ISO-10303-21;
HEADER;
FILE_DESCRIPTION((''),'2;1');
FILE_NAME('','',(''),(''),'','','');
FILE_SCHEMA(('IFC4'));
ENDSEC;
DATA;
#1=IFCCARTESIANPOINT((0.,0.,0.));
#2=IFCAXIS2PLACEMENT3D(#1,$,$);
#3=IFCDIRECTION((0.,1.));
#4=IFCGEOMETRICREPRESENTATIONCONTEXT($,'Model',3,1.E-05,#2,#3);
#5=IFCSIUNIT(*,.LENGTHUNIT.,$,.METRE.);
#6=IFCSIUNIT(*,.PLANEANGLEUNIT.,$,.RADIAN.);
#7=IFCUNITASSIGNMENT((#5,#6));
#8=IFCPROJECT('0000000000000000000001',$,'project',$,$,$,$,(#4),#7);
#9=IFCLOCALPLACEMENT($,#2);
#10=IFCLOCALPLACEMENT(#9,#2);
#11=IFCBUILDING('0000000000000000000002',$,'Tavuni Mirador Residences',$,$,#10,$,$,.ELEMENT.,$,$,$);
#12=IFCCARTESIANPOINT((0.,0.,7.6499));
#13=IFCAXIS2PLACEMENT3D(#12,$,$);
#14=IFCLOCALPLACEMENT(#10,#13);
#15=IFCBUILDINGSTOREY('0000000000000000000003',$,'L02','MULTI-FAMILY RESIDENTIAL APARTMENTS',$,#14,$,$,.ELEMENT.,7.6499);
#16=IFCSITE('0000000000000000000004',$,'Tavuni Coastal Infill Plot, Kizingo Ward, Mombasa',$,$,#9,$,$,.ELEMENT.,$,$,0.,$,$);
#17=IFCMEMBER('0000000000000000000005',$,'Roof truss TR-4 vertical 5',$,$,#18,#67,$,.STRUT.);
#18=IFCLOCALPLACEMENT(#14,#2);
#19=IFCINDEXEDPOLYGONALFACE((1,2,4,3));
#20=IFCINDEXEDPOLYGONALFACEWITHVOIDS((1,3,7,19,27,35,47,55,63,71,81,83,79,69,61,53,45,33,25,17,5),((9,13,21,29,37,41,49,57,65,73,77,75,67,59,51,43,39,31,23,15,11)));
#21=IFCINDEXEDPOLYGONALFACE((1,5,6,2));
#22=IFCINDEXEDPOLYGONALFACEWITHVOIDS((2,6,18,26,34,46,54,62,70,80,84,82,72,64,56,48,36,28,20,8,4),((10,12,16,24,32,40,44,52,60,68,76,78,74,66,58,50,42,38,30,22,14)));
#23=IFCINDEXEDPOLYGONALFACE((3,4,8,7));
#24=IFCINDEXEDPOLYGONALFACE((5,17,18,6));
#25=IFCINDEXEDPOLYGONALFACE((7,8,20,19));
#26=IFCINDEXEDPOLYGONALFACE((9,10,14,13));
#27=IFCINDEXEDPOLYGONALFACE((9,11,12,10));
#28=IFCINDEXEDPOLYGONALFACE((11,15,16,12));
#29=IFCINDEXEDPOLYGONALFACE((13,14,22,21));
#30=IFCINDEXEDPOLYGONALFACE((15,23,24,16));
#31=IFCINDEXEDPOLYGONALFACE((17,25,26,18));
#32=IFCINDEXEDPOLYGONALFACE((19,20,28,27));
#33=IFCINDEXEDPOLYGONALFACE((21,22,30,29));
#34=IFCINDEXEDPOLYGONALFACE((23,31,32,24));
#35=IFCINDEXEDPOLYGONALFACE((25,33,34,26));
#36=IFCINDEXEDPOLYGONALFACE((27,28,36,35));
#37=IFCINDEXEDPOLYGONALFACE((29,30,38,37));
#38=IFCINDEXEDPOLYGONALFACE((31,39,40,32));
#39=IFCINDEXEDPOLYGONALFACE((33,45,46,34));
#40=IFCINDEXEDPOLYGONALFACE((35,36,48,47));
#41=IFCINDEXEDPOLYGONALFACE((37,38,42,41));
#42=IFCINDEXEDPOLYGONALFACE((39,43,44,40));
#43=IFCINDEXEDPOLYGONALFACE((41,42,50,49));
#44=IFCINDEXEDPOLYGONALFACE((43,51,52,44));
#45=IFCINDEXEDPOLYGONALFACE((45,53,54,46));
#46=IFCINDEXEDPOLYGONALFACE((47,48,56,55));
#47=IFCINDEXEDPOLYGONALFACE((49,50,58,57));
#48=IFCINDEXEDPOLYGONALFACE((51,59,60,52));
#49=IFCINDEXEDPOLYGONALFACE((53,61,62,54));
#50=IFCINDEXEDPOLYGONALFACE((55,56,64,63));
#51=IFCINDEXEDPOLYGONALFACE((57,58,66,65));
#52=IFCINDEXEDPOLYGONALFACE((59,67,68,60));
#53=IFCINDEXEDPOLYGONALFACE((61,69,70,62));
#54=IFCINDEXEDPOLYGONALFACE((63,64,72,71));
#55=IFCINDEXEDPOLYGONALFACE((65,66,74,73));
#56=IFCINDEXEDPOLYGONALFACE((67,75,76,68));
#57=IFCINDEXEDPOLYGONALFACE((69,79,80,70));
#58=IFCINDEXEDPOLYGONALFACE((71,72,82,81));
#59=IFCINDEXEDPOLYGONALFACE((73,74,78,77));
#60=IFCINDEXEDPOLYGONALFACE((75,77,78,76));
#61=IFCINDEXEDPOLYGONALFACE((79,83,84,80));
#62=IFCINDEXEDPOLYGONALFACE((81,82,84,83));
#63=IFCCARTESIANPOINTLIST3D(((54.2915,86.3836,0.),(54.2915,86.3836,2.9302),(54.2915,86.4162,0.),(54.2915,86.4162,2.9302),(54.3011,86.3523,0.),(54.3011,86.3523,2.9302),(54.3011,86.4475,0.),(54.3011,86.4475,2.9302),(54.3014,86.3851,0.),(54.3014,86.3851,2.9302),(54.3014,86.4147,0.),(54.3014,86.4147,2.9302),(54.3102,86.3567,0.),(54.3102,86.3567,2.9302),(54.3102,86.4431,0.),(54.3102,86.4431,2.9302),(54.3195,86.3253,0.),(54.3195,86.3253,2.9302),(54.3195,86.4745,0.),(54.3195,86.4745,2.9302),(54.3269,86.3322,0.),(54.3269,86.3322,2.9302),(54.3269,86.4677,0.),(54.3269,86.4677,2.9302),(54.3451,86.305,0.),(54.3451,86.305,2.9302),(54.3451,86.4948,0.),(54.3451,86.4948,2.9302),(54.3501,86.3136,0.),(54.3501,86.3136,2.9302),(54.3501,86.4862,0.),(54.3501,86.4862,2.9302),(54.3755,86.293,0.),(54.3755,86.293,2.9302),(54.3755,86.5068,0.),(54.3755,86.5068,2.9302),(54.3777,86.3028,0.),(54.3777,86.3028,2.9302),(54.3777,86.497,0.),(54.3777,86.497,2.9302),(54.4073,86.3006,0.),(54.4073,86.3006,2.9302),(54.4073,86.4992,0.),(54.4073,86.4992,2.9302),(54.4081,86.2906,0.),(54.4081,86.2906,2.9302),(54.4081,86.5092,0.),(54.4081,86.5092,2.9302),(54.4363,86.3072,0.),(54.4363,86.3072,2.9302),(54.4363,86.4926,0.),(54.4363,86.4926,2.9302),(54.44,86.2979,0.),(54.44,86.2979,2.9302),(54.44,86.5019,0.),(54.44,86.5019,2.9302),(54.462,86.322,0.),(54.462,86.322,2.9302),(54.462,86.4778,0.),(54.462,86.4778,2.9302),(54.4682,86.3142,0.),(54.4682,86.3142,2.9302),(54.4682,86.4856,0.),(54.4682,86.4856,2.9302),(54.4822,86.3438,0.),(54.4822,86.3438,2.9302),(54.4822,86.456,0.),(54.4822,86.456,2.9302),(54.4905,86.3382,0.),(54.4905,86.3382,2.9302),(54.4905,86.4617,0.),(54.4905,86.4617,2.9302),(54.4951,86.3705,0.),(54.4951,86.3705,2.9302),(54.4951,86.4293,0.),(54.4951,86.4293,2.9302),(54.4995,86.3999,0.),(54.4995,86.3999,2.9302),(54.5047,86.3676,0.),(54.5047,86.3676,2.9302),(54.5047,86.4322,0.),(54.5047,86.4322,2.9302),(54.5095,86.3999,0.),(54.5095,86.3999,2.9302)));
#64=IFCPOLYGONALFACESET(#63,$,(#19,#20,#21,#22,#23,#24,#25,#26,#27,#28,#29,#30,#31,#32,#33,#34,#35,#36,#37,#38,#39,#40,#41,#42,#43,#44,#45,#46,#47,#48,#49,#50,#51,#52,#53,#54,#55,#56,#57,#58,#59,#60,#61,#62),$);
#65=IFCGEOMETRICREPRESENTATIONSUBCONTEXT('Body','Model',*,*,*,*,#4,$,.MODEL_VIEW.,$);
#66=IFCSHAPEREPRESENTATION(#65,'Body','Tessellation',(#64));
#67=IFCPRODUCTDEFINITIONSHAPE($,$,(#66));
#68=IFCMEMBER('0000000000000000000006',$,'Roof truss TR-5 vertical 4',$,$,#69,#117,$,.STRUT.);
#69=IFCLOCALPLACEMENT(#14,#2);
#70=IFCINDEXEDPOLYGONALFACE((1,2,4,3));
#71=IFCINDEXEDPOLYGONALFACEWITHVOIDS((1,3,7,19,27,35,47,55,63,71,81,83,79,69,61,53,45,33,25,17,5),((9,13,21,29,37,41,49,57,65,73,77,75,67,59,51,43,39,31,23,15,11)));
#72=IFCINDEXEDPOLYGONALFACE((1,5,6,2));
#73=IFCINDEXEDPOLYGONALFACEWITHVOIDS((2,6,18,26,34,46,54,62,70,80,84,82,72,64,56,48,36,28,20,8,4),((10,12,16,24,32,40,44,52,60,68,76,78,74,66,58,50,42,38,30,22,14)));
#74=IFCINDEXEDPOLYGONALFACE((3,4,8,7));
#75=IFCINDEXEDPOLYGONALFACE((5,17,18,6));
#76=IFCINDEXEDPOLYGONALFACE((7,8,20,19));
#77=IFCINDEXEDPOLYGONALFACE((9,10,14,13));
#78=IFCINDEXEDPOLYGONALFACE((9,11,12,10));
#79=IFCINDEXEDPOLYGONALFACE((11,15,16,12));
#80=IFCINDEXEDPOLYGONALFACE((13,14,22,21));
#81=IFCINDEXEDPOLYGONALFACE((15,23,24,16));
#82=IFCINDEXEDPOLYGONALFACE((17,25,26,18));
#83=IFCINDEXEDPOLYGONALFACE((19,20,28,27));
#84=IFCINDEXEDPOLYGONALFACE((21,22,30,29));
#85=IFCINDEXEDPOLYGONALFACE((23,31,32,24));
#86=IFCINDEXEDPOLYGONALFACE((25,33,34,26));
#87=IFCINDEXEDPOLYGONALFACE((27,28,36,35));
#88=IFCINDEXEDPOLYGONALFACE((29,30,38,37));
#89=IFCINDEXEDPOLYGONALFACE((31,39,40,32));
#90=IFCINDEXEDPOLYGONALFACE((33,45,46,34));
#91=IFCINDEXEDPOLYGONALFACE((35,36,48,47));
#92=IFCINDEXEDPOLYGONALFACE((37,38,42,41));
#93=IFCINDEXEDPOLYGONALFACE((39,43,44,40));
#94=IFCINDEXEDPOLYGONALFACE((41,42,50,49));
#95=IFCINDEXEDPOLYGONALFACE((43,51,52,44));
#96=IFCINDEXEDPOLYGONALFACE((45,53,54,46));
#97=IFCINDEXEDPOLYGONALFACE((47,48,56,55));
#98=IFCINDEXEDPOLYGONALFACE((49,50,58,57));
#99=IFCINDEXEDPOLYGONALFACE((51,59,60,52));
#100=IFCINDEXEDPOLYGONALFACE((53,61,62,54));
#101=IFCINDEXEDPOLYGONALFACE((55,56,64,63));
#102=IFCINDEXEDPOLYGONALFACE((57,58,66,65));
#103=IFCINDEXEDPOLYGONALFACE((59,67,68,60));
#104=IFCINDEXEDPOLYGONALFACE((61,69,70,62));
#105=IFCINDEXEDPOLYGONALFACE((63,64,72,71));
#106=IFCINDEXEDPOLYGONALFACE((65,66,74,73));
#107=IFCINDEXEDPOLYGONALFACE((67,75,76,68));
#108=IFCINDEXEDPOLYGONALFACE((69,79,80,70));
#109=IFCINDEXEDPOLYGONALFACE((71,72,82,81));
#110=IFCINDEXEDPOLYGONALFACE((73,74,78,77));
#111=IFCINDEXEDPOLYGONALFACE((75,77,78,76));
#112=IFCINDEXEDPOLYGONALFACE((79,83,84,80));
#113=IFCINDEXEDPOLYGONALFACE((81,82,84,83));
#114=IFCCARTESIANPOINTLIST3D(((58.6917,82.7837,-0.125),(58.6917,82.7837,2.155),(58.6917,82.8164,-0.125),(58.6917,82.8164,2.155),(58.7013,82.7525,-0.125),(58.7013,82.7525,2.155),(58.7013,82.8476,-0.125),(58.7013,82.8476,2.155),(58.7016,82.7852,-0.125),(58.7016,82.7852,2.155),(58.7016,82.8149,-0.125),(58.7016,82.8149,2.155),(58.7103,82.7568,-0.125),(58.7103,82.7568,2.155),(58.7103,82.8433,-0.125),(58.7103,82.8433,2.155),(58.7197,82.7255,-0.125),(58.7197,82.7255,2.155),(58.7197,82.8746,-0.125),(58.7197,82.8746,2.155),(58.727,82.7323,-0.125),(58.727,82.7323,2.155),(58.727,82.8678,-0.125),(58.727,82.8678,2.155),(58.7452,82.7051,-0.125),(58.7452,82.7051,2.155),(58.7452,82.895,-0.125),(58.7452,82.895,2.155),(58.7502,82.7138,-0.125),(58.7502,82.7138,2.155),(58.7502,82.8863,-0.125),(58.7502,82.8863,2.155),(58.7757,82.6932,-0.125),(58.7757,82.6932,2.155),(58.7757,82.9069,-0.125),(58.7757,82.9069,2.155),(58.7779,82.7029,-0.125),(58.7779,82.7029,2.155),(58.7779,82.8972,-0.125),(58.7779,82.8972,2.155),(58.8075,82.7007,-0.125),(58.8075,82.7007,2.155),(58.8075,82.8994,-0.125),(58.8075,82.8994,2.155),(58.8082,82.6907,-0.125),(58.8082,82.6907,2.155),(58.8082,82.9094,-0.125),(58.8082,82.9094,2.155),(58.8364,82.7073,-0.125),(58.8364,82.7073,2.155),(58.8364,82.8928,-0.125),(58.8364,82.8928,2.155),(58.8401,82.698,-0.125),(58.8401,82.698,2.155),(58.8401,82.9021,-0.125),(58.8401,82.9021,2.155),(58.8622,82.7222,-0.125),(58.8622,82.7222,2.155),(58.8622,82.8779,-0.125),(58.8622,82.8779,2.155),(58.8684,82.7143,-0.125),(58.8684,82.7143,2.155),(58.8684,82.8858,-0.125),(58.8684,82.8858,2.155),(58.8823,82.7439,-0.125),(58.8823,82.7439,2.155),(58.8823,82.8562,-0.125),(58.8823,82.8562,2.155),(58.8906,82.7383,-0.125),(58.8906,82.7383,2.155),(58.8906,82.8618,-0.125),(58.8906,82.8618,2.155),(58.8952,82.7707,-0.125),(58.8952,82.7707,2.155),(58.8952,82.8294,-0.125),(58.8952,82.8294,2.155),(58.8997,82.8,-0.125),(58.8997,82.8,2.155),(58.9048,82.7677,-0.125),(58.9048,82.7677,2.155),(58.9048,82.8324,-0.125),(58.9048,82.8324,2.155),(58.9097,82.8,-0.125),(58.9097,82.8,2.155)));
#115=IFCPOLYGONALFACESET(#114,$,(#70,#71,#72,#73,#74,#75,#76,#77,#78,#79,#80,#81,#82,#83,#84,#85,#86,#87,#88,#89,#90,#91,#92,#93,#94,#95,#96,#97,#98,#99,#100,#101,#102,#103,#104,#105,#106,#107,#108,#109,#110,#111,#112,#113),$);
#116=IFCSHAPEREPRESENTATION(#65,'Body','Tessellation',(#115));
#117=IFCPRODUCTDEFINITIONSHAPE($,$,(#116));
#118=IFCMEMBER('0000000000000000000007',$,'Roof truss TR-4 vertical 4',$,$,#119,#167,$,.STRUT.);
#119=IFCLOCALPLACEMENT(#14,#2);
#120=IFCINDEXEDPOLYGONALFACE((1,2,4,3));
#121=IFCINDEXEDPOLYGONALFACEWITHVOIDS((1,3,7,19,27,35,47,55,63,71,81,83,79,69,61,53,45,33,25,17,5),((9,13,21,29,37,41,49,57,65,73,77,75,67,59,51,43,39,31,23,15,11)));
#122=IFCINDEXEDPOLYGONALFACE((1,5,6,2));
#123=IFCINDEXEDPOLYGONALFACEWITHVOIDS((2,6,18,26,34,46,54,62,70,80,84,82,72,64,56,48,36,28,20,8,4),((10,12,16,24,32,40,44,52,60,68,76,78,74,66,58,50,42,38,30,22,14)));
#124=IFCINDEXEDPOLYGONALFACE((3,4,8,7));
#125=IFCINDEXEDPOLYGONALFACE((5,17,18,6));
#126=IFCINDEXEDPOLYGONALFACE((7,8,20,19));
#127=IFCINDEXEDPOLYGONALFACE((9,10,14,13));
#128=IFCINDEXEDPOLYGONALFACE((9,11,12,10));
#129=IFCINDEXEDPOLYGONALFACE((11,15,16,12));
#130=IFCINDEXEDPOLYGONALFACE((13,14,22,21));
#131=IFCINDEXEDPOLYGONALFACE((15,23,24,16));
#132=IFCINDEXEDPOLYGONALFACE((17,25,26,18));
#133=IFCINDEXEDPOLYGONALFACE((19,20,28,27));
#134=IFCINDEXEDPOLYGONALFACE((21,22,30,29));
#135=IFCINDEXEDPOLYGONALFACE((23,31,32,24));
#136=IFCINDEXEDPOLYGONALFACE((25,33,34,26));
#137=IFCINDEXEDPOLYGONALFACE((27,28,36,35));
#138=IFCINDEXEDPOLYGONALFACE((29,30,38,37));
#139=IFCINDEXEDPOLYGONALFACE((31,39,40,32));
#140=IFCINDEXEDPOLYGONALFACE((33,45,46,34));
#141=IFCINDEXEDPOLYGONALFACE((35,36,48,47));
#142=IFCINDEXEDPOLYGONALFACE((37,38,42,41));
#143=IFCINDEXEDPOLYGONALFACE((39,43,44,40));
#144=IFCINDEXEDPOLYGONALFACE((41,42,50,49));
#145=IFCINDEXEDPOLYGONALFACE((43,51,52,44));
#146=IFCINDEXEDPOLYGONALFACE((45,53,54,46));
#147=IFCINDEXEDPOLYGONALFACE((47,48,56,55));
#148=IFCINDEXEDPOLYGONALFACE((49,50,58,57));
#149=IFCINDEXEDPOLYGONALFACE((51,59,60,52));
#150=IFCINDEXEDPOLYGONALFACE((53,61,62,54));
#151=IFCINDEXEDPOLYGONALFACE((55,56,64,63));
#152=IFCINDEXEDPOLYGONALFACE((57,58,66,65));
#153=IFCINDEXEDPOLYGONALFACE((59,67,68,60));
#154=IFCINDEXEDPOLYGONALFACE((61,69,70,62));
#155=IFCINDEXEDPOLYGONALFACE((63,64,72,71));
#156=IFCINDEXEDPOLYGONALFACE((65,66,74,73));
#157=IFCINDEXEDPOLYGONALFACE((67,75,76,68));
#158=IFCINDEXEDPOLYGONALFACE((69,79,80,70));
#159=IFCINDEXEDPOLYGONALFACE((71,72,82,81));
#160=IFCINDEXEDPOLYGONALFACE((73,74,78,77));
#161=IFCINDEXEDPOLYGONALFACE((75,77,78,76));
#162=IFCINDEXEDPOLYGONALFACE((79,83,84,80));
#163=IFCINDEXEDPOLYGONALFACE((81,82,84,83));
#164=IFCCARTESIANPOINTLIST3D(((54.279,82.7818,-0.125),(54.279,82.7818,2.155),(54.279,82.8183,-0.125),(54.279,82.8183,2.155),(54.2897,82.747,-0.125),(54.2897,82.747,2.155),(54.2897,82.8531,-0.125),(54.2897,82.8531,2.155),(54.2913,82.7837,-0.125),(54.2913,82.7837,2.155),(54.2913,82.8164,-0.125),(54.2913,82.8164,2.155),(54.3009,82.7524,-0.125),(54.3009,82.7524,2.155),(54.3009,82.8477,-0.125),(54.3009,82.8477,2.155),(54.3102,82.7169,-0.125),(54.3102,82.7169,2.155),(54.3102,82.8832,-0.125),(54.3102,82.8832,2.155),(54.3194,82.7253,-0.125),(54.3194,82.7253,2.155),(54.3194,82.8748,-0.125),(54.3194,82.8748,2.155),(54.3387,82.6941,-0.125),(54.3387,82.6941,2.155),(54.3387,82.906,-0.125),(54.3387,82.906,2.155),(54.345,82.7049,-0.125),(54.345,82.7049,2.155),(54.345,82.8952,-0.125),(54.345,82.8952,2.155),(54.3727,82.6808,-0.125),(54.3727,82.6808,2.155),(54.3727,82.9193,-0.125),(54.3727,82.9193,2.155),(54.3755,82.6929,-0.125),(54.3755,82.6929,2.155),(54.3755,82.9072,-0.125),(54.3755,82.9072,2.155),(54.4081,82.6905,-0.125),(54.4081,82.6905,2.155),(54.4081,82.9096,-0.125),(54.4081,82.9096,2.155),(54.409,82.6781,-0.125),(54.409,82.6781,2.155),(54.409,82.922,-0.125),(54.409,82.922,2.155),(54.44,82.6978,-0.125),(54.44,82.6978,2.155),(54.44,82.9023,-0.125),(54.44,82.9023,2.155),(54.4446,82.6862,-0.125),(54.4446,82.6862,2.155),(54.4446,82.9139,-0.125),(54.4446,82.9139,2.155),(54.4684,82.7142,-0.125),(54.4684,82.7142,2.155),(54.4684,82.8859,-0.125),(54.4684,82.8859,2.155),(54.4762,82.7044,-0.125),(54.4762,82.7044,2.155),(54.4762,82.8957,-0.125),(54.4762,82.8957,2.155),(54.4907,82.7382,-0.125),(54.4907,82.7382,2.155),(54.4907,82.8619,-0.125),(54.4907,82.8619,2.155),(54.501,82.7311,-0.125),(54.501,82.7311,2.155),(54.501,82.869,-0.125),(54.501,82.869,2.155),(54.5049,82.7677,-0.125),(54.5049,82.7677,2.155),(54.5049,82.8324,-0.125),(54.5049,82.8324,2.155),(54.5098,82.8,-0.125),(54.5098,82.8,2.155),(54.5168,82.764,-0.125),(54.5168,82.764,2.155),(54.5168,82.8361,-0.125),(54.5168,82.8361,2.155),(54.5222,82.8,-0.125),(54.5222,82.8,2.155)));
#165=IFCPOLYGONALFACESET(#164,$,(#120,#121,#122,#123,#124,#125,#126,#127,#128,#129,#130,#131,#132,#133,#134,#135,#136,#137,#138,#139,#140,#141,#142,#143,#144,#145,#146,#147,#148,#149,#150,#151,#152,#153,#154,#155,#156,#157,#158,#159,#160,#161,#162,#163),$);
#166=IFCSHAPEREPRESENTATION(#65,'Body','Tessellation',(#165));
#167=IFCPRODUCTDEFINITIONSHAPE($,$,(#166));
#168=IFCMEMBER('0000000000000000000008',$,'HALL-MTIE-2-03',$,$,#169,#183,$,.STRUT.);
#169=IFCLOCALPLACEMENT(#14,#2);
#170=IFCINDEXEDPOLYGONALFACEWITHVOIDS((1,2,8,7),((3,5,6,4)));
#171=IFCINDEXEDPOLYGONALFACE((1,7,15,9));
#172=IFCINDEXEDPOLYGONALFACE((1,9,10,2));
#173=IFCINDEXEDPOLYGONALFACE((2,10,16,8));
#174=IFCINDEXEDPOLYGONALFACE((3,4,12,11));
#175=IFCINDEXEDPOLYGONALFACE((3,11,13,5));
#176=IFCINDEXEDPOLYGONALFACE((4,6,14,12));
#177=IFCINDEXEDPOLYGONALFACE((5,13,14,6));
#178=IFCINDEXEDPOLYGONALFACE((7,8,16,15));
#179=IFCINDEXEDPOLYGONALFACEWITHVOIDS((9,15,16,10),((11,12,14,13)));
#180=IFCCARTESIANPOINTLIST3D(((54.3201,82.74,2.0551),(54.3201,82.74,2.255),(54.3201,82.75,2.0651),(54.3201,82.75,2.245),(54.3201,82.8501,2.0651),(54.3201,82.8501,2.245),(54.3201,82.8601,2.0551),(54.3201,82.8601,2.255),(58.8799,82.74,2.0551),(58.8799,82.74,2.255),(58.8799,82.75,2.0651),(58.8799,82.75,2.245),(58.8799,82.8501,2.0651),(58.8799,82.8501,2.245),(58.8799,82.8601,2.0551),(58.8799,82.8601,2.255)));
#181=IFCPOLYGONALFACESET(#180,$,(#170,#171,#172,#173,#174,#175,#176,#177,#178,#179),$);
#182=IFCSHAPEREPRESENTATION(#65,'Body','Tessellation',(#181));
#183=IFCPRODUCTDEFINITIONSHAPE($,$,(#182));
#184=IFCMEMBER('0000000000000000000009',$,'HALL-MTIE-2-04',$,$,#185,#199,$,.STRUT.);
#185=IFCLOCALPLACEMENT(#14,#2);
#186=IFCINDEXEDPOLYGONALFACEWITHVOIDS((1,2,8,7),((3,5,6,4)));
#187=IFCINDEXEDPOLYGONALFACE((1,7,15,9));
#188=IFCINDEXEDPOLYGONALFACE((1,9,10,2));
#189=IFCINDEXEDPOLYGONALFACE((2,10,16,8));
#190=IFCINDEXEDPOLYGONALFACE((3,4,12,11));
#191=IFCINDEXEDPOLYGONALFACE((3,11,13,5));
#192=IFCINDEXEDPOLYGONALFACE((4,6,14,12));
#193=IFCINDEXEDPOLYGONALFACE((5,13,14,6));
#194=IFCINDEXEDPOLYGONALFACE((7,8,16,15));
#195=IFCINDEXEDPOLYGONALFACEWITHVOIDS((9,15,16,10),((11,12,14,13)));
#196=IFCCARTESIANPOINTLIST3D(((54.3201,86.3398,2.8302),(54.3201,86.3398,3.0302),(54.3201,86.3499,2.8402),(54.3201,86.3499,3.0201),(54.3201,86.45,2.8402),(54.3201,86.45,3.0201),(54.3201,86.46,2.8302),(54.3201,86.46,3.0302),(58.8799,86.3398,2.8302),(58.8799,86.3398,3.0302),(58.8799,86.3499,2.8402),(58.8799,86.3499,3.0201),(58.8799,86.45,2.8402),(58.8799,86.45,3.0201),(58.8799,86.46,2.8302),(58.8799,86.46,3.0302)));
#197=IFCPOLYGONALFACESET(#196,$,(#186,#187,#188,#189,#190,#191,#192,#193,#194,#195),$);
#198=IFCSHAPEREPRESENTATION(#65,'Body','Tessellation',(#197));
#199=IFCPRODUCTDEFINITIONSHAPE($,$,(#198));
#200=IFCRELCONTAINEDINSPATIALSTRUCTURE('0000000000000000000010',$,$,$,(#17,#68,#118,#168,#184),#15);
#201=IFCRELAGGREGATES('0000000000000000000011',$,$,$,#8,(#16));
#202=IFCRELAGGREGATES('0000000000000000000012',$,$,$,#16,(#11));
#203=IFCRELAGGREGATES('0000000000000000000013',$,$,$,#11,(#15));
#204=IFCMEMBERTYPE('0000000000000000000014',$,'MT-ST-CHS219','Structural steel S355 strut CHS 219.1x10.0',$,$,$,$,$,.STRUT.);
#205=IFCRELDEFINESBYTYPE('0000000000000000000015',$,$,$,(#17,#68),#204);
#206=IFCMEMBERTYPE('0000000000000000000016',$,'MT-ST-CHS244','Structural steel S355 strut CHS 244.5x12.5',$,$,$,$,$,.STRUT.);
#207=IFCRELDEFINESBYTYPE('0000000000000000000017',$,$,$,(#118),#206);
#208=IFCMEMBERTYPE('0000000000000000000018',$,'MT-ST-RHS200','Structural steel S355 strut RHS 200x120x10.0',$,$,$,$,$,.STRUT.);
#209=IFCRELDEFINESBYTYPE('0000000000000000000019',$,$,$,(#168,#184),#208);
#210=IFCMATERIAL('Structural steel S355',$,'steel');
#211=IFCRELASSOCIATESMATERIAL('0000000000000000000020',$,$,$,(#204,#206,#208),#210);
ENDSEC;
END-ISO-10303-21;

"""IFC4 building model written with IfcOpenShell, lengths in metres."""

from ifc_helpers import new_model, si_unit, direction, frame, origin, origin_2d, place, context, subcontext, project, spatial, hollow_rectangle, hollow_circle, extrude, material, material_profile, profile_set, type_object, element, save


model = new_model("IFC4")

# Units and contexts
model_context = context("Model", 3, precision=1e-05, world=origin(), true_north=direction((0.0, 1.0)))
body_context = subcontext(model_context, "Body", "Model", "MODEL_VIEW")
ifc_project = project(units=[si_unit("LENGTHUNIT", "METRE"), si_unit("PLANEANGLEUNIT", "RADIAN")], contexts=[model_context])

# Site, building, storey
site_placement = place(None, origin())
site = spatial("IfcSite", under=ifc_project, at=site_placement, Name="Tavuni Coastal Infill Plot, Kizingo Ward, Mombasa", CompositionType="ELEMENT", RefElevation=0.0)
building_placement = place(site_placement, origin())
building = spatial("IfcBuilding", under=site, at=building_placement, Name="Tavuni Mirador Residences", CompositionType="ELEMENT")
storey_placement = place(building_placement, frame((0.0, 0.0, 7.6499)))
storey = spatial("IfcBuildingStorey", under=building, at=storey_placement, Name="L02", Description="MULTI-FAMILY RESIDENTIAL APARTMENTS", CompositionType="ELEMENT", Elevation=7.6499)

# Members
ifc_material_1 = material(Name="Structural steel S355", Category="steel")
ifc_material_profile_1 = material_profile(ifc_material_1, hollow_circle(Radius=0.1096, WallThickness=0.01, at=origin_2d()), Name="CHS 219.1x10.0", Category="steel")
ifc_profile_set_1 = profile_set([ifc_material_profile_1], Name="Structural steel S355")
member_type_1 = type_object("IfcMemberType", Name="MT-ST-CHS219", Description="Structural steel S355 strut CHS 219.1x10.0", PredefinedType="STRUT", material=ifc_profile_set_1)
member_1_placement = place(storey_placement, frame((54.3999, 86.3999, 0.0), z_axis=(0.0, 0.0, 1.0), x_axis=(1.0, 0.0, 0.0)))
element("IfcMember", 1, at=member_1_placement, inside=storey, type_object=member_type_1, Name="Roof truss TR-4 vertical 5", PredefinedType="STRUT", context=body_context, shape_type="SweptSolid", body=[
    extrude(hollow_circle(Radius=0.1096, WallThickness=0.01, at=origin_2d()), origin(), (0.0, 0.0, 1.0), 2.9302),
])
member_2_placement = place(storey_placement, frame((58.8, 82.8, -0.125), z_axis=(0.0, 0.0, 1.0), x_axis=(1.0, 0.0, 0.0)))
element("IfcMember", 2, at=member_2_placement, inside=storey, type_object=member_type_1, Name="Roof truss TR-5 vertical 4", PredefinedType="STRUT", context=body_context, shape_type="SweptSolid", body=[
    extrude(hollow_circle(Radius=0.1096, WallThickness=0.01, at=origin_2d()), origin(), (0.0, 0.0, 1.0), 2.28),
])
ifc_material_profile_2 = material_profile(ifc_material_1, hollow_circle(Radius=0.1223, WallThickness=0.0125, at=origin_2d()), Name="CHS 244.5x12.5", Category="steel")
ifc_profile_set_2 = profile_set([ifc_material_profile_2], Name="Structural steel S355")
member_type_2 = type_object("IfcMemberType", Name="MT-ST-CHS244", Description="Structural steel S355 strut CHS 244.5x12.5", PredefinedType="STRUT", material=ifc_profile_set_2)
member_3_placement = place(storey_placement, frame((54.3999, 82.8, -0.125), z_axis=(0.0, 0.0, 1.0), x_axis=(1.0, 0.0, 0.0)))
element("IfcMember", 3, at=member_3_placement, inside=storey, type_object=member_type_2, Name="Roof truss TR-4 vertical 4", PredefinedType="STRUT", context=body_context, shape_type="SweptSolid", body=[
    extrude(hollow_circle(Radius=0.1223, WallThickness=0.0125, at=origin_2d()), origin(), (0.0, 0.0, 1.0), 2.28),
])
ifc_material_profile_3 = material_profile(ifc_material_1, hollow_rectangle(XDim=0.1201, YDim=0.2, WallThickness=0.01, at=origin_2d()), Name="RHS 200x120x10.0", Category="steel")
ifc_profile_set_3 = profile_set([ifc_material_profile_3], Name="Structural steel S355")
member_type_3 = type_object("IfcMemberType", Name="MT-ST-RHS200", Description="Structural steel S355 strut RHS 200x120x10.0", PredefinedType="STRUT", material=ifc_profile_set_3)
for number, where, z_axis, x_axis, name in (
    (4, (54.3201, 82.8, 2.155), (1.0, 0.0, 0.0), (0.0, 1.0, 0.0), "HALL-MTIE-2-03"),
    (5, (54.3201, 86.3999, 2.9302), (1.0, 0.0, 0.0), (0.0, 1.0, 0.0), "HALL-MTIE-2-04"),
):
    element("IfcMember", number, at=place(storey_placement, frame(where, z_axis=z_axis, x_axis=x_axis)), inside=storey, type_object=member_type_3, Name=name, PredefinedType="STRUT", context=body_context, shape_type="SweptSolid", body=[
        extrude(hollow_rectangle(XDim=0.1201, YDim=0.2, WallThickness=0.01, at=origin_2d()), origin(), (0.0, 0.0, 1.0), 4.5598),
    ])

save(model, "model.ifc")
